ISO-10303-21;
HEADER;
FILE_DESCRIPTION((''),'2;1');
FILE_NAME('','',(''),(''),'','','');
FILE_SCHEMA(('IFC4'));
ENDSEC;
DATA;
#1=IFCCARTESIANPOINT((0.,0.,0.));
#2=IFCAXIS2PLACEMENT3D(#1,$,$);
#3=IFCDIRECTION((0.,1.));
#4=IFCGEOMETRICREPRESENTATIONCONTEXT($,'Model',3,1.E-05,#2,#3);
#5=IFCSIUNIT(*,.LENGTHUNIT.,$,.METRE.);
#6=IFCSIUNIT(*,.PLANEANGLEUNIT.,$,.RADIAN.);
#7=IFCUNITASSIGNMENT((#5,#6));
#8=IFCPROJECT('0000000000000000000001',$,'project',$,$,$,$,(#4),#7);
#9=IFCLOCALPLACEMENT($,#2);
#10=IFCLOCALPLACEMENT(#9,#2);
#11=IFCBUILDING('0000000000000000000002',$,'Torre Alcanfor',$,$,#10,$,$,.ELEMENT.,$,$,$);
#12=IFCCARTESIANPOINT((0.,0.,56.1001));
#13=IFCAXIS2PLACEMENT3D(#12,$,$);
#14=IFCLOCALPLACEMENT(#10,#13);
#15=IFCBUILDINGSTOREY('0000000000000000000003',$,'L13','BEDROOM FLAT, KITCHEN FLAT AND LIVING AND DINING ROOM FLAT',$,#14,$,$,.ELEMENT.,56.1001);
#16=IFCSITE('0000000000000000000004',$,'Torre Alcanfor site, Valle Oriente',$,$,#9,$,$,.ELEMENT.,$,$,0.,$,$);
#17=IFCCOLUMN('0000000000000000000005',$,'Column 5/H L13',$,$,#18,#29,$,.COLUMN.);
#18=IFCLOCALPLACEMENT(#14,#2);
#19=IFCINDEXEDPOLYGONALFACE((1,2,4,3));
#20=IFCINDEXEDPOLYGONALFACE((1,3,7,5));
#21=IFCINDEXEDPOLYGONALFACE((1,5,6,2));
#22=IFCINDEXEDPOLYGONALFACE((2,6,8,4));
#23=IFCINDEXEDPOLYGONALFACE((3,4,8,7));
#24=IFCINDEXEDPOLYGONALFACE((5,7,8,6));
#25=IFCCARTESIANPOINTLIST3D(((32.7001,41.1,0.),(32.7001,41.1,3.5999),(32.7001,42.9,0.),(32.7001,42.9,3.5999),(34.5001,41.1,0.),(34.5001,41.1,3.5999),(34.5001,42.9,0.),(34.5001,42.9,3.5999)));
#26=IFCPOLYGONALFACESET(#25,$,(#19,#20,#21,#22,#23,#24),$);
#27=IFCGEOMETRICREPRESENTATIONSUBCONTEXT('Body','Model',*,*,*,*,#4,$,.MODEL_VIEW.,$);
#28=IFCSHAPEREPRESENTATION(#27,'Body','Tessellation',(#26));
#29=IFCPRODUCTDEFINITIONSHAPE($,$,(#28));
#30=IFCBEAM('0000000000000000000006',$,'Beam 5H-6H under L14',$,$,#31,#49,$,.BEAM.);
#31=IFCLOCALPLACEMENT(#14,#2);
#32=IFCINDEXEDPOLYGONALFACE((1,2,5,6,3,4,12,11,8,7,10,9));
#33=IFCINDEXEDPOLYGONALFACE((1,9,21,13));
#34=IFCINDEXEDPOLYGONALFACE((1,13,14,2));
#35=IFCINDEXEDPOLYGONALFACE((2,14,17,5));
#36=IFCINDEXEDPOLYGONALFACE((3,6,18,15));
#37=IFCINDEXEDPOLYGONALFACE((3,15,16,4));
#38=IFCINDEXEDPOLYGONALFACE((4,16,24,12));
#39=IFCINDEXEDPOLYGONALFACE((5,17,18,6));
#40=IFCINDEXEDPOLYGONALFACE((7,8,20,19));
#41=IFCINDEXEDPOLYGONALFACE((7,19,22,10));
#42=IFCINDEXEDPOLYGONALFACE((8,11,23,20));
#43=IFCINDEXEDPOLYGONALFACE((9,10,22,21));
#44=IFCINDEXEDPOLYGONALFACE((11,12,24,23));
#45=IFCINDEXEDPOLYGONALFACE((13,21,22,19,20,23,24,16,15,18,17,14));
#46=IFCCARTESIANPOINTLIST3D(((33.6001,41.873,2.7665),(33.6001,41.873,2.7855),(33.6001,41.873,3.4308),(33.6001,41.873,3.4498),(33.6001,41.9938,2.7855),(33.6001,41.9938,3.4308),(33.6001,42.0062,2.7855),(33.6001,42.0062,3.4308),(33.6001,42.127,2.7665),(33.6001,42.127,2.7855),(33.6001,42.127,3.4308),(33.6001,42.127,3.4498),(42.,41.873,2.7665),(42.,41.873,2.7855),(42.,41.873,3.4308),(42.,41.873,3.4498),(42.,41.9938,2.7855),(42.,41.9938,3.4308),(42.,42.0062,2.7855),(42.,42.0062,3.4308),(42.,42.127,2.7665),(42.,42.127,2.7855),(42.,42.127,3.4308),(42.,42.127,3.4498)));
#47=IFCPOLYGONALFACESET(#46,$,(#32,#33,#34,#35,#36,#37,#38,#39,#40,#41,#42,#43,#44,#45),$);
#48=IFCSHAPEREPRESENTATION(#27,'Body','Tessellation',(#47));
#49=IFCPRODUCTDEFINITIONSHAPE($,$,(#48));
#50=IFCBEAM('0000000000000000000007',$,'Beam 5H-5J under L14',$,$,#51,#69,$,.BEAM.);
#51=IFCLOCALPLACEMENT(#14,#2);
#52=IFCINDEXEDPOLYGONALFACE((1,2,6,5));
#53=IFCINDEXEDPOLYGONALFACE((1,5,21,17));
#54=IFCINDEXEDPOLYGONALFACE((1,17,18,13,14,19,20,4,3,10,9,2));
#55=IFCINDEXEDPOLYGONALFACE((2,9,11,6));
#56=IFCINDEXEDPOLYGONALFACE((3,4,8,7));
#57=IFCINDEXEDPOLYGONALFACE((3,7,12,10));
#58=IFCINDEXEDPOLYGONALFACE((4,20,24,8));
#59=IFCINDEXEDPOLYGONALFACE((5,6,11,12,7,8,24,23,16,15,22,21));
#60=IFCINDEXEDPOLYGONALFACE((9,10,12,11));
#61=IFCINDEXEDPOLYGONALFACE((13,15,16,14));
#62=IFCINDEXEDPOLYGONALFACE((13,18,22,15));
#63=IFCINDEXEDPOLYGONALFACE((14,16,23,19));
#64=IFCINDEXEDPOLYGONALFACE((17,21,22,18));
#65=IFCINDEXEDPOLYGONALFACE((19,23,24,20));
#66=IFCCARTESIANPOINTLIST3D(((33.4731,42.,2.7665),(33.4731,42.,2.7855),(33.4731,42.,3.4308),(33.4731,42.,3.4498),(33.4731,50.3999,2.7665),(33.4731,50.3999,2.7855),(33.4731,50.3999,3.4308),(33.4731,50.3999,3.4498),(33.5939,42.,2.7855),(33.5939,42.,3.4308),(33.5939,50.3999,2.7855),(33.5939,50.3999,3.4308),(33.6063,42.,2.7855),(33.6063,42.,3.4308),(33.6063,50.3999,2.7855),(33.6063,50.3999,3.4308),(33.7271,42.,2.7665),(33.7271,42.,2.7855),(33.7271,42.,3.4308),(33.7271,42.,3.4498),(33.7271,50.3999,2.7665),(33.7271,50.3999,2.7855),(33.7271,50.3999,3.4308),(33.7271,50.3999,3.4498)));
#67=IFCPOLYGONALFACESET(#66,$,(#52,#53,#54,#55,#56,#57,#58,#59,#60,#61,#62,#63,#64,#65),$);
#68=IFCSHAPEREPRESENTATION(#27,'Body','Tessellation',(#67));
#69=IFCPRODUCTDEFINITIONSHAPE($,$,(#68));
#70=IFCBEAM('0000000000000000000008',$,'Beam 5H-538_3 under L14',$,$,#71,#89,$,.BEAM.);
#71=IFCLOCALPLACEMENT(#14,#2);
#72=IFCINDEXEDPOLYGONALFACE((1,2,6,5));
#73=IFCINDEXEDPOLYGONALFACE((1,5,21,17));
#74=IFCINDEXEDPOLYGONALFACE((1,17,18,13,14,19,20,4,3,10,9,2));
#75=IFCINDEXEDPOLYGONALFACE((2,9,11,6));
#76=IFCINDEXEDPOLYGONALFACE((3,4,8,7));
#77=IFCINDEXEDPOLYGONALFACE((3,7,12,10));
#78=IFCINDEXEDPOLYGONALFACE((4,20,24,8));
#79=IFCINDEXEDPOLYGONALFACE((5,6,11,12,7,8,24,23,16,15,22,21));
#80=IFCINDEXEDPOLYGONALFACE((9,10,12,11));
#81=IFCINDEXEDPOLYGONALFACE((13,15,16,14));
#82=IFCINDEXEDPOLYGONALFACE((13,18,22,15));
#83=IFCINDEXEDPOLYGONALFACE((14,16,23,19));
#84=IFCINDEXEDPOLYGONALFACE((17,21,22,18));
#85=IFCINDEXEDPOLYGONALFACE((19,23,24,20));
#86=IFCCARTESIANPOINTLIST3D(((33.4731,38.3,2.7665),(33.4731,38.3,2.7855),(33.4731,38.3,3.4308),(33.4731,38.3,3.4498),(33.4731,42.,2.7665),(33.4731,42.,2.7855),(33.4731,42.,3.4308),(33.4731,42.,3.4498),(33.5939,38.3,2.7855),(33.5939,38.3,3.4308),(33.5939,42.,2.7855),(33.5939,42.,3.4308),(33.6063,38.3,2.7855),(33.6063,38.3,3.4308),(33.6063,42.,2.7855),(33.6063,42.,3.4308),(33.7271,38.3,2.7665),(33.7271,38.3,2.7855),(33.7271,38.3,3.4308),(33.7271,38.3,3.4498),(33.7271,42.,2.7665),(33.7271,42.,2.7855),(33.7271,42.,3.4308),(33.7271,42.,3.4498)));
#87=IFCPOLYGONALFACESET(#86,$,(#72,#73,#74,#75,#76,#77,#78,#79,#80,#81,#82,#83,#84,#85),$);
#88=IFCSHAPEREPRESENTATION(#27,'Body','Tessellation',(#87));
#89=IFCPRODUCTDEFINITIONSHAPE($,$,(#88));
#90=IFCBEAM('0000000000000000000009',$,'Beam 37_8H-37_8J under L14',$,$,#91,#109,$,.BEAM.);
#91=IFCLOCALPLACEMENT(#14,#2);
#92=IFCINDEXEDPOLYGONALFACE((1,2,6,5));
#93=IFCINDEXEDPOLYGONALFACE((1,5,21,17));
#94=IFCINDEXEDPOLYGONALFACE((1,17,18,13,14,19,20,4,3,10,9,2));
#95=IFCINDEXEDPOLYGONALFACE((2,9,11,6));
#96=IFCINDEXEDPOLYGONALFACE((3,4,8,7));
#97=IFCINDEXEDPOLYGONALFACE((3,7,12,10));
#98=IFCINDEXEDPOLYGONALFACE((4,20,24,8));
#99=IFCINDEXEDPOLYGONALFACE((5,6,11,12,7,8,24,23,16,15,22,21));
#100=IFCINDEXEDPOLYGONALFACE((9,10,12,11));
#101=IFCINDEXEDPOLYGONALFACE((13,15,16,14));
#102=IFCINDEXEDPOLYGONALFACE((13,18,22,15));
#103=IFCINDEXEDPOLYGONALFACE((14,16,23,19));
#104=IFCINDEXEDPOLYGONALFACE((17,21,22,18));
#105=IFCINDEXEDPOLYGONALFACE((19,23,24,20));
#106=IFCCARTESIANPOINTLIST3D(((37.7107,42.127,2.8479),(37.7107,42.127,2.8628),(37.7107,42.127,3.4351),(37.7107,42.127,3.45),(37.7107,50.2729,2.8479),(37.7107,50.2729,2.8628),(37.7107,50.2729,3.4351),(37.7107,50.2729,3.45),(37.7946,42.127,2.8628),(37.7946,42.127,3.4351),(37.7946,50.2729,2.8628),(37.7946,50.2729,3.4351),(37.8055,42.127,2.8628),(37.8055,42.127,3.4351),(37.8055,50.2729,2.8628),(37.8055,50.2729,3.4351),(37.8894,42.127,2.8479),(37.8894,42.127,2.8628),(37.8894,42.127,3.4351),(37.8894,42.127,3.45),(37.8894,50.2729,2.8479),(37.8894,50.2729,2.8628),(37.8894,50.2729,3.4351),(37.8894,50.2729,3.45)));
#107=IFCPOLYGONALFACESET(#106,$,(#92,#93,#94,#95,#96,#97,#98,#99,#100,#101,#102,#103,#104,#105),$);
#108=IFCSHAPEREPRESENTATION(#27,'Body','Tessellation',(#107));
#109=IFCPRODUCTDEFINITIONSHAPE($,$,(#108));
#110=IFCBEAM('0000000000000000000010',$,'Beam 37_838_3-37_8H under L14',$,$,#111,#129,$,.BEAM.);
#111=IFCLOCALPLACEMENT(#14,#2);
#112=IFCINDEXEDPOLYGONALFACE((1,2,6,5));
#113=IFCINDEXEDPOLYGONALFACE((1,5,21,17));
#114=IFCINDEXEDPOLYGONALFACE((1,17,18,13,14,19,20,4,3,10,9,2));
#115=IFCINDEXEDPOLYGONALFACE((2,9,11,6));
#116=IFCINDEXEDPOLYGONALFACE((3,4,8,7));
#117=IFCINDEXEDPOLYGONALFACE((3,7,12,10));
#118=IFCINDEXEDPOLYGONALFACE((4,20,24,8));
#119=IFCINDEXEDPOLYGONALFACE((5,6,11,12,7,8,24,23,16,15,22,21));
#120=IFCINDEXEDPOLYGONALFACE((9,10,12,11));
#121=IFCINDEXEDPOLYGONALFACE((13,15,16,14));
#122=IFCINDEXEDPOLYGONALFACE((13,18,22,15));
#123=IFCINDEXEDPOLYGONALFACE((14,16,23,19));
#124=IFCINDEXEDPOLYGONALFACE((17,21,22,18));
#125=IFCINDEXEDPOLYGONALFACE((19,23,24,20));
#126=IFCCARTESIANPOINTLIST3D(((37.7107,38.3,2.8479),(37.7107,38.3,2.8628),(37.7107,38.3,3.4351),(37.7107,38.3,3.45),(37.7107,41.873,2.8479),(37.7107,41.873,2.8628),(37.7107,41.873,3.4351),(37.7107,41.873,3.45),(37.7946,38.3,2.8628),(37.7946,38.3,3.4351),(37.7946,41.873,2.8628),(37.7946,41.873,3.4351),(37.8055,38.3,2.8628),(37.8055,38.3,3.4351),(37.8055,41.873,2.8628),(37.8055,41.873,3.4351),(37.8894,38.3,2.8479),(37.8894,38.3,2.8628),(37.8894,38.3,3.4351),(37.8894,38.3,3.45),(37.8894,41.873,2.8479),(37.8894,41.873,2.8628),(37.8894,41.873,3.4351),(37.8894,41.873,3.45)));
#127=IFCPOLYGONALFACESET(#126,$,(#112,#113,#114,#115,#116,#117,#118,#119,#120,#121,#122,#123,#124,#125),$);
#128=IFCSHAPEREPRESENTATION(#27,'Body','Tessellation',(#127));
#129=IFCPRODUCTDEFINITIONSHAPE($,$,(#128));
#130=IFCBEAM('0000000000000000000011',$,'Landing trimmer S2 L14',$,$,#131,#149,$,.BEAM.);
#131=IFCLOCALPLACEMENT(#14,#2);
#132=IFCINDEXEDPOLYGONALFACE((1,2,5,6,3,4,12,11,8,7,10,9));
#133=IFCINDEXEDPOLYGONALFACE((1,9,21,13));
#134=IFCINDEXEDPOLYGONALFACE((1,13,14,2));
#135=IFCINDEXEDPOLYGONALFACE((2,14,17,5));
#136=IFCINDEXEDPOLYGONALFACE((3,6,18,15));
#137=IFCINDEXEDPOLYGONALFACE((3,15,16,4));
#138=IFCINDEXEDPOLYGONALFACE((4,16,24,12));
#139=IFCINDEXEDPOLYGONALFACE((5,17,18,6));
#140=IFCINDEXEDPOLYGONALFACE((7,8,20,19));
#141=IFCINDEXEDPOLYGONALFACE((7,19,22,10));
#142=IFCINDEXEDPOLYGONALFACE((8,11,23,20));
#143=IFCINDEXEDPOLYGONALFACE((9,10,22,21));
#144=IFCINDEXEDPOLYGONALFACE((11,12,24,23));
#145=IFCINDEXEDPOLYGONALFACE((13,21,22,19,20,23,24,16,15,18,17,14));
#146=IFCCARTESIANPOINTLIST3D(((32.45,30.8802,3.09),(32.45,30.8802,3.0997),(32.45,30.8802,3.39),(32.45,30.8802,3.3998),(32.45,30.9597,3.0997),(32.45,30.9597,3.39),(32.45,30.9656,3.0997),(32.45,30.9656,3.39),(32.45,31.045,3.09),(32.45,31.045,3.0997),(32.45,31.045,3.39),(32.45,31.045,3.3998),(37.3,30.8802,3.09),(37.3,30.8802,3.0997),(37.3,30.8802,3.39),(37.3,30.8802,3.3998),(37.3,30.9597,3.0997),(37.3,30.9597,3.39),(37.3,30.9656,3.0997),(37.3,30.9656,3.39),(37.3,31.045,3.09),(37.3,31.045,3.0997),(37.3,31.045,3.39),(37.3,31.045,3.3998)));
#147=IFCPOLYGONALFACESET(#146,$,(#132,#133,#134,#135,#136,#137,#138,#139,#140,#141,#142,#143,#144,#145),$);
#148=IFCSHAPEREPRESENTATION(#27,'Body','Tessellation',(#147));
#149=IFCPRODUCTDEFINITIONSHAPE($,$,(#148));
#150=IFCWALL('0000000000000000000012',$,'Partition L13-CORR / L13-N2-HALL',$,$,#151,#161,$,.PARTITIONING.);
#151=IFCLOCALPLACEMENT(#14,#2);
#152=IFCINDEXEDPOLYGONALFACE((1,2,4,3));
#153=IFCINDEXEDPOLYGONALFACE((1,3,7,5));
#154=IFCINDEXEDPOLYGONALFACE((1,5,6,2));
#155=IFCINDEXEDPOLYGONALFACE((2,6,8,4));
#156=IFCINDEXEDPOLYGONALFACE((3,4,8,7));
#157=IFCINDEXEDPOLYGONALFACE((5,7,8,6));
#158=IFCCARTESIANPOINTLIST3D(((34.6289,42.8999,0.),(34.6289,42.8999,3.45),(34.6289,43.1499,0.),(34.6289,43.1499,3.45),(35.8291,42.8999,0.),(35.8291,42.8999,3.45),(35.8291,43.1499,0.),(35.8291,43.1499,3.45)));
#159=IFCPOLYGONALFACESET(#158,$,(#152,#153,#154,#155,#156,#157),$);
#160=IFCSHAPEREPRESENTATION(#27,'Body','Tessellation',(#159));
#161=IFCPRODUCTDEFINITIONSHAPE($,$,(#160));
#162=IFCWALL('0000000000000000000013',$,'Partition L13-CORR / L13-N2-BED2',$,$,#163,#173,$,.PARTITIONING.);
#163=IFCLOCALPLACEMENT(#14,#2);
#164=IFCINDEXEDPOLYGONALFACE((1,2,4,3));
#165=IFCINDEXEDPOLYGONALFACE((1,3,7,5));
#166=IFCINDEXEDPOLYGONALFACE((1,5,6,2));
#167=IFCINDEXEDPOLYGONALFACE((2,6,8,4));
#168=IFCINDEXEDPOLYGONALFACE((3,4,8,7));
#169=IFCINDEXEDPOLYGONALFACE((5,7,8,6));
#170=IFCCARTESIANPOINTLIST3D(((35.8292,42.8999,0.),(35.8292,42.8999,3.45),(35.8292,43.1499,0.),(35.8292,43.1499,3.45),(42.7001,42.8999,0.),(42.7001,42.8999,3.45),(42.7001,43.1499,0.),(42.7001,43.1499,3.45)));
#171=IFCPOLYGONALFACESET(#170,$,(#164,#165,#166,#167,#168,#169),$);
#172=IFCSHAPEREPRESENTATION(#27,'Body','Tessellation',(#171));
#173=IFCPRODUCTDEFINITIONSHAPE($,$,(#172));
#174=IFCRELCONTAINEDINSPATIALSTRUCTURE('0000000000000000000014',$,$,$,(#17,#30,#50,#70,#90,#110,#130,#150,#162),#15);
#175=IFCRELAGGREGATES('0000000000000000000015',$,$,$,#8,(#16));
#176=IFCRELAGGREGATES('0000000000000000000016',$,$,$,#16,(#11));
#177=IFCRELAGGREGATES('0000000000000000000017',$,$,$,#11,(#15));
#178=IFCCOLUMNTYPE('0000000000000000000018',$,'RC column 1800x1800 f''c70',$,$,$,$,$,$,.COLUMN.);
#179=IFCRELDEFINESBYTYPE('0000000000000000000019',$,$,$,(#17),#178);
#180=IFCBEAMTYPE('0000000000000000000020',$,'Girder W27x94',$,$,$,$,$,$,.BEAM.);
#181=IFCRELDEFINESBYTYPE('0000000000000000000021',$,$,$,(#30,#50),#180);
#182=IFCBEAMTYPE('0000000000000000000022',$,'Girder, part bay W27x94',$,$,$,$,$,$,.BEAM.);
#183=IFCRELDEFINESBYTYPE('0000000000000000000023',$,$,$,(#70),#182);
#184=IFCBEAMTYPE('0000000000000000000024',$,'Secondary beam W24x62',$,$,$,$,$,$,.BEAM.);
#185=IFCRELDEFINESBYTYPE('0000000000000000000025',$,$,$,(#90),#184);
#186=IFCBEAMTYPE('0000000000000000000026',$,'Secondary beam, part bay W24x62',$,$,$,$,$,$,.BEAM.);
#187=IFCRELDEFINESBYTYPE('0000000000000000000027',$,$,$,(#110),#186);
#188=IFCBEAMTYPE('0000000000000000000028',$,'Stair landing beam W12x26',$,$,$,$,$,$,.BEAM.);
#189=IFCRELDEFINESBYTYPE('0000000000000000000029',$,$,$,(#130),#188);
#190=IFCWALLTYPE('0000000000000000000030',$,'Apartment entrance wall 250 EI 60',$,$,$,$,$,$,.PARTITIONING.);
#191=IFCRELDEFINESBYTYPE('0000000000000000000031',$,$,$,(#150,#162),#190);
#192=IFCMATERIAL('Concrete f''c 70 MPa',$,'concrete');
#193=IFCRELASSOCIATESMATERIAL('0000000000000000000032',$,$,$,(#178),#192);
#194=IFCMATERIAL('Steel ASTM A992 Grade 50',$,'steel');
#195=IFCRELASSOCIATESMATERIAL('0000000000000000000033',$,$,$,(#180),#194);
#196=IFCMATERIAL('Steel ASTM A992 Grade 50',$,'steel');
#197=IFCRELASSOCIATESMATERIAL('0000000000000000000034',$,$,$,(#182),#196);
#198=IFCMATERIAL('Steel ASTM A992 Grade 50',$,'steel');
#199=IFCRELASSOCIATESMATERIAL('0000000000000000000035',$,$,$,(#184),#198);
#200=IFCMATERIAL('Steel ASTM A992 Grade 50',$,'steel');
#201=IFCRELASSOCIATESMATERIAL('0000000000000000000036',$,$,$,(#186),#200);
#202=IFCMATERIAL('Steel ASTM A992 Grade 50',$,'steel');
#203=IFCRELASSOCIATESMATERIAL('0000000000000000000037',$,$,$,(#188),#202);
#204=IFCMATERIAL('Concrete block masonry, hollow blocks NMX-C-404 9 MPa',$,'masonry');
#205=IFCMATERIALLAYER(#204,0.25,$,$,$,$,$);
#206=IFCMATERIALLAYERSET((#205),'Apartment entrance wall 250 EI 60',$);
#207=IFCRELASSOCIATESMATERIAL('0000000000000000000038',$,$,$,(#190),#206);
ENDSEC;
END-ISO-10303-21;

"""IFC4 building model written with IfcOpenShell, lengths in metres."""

from ifc_helpers import new_model, si_unit, direction, frame, frame_2d, origin, origin_2d, place, context, subcontext, project, spatial, rectangle, i_section, extrude, material, layer, layer_set, material_profile, profile_set, type_object, element, save


model = new_model("IFC4")

# Units and contexts
model_context = context("Model", 3, precision=1e-05, world=origin(), true_north=direction((0.0, 1.0)))
body_context = subcontext(model_context, "Body", "Model", "MODEL_VIEW")
ifc_project = project(units=[si_unit("LENGTHUNIT", "METRE"), si_unit("PLANEANGLEUNIT", "RADIAN")], contexts=[model_context])

# Site, building, storey
site_placement = place(None, origin())
site = spatial("IfcSite", under=ifc_project, at=site_placement, Name="Torre Alcanfor site, Valle Oriente", CompositionType="ELEMENT", RefElevation=0.0)
building_placement = place(site_placement, origin())
building = spatial("IfcBuilding", under=site, at=building_placement, Name="Torre Alcanfor", CompositionType="ELEMENT")
storey_placement = place(building_placement, frame((0.0, 0.0, 56.1001)))
storey = spatial("IfcBuildingStorey", under=building, at=storey_placement, Name="L13", Description="BEDROOM FLAT, KITCHEN FLAT AND LIVING AND DINING ROOM FLAT", CompositionType="ELEMENT", Elevation=56.1001)

# Column
ifc_material_1 = material(Name="Concrete f'c 70 MPa", Category="concrete")
ifc_material_profile_1 = material_profile(ifc_material_1, rectangle(XDim=1.8, YDim=1.8, at=origin_2d()), Name="1800x1800")
ifc_profile_set_1 = profile_set([ifc_material_profile_1], Name="Concrete f'c 70 MPa")
column_type = type_object("IfcColumnType", Name="RC column 1800x1800 f'c70", PredefinedType="COLUMN", material=ifc_profile_set_1)
column_placement = place(storey_placement, frame((33.6001, 42.0, 0.0), z_axis=(0.0, 0.0, 1.0), x_axis=(1.0, 0.0, 0.0)))
element("IfcColumn", 1, at=column_placement, inside=storey, type_object=column_type, Name="Column 5/H L13", PredefinedType="COLUMN", context=body_context, shape_type="SweptSolid", body=[
    extrude(rectangle(XDim=1.8, YDim=1.8, at=origin_2d()), origin(), (0.0, 0.0, 1.0), 3.5999),
])

# Beams
ifc_material_2 = material(Name="Steel ASTM A992 Grade 50", Category="steel")
ifc_material_profile_2 = material_profile(ifc_material_2, i_section(OverallWidth=0.2539, OverallDepth=0.6833, WebThickness=0.0125, FlangeThickness=0.019, at=origin_2d()), Name="W27x94")
ifc_profile_set_2 = profile_set([ifc_material_profile_2], Name="Steel ASTM A992 Grade 50")
beam_type_1 = type_object("IfcBeamType", Name="Girder W27x94", PredefinedType="BEAM", material=ifc_profile_set_2)
for number, where, z_axis, x_axis, name in (
    (2, (33.6001, 42.0, 3.1082), (1.0, 0.0, 0.0), (0.0, 1.0, 0.0), "Beam 5H-6H under L14"),
    (3, (33.6001, 42.0, 3.1082), (0.0, 1.0, 0.0), (-1.0, 0.0, 0.0), "Beam 5H-5J under L14"),
):
    element("IfcBeam", number, at=place(storey_placement, frame(where, z_axis=z_axis, x_axis=x_axis)), inside=storey, type_object=beam_type_1, Name=name, PredefinedType="BEAM", context=body_context, shape_type="SweptSolid", body=[
        extrude(i_section(OverallWidth=0.2539, OverallDepth=0.6833, WebThickness=0.0125, FlangeThickness=0.019, at=origin_2d()), origin(), (0.0, 0.0, 1.0), 8.3999),
    ])
ifc_material_3 = material(Name="Steel ASTM A992 Grade 50", Category="steel")
ifc_material_profile_3 = material_profile(ifc_material_3, i_section(OverallWidth=0.2539, OverallDepth=0.6833, WebThickness=0.0125, FlangeThickness=0.019, at=origin_2d()), Name="W27x94")
ifc_profile_set_3 = profile_set([ifc_material_profile_3], Name="Steel ASTM A992 Grade 50")
beam_type_2 = type_object("IfcBeamType", Name="Girder, part bay W27x94", PredefinedType="BEAM", material=ifc_profile_set_3)
beam_1_placement = place(storey_placement, frame((33.6001, 42.0, 3.1082), z_axis=(0.0, -1.0, 0.0), x_axis=(1.0, 0.0, 0.0)))
element("IfcBeam", 4, at=beam_1_placement, inside=storey, type_object=beam_type_2, Name="Beam 5H-538_3 under L14", PredefinedType="BEAM", context=body_context, shape_type="SweptSolid", body=[
    extrude(i_section(OverallWidth=0.2539, OverallDepth=0.6833, WebThickness=0.0125, FlangeThickness=0.019, at=origin_2d()), origin(), (0.0, 0.0, 1.0), 3.7),
])
ifc_material_4 = material(Name="Steel ASTM A992 Grade 50", Category="steel")
ifc_material_profile_4 = material_profile(ifc_material_4, i_section(OverallWidth=0.1787, OverallDepth=0.6021, WebThickness=0.011, FlangeThickness=0.0149, at=origin_2d()), Name="W24x62")
ifc_profile_set_4 = profile_set([ifc_material_profile_4], Name="Steel ASTM A992 Grade 50")
beam_type_3 = type_object("IfcBeamType", Name="Secondary beam W24x62", PredefinedType="BEAM", material=ifc_profile_set_4)
beam_2_placement = place(storey_placement, frame((37.8, 42.127, 3.1489), z_axis=(0.0, 1.0, 0.0), x_axis=(-1.0, 0.0, 0.0)))
element("IfcBeam", 5, at=beam_2_placement, inside=storey, type_object=beam_type_3, Name="Beam 37_8H-37_8J under L14", PredefinedType="BEAM", context=body_context, shape_type="SweptSolid", body=[
    extrude(i_section(OverallWidth=0.1787, OverallDepth=0.6021, WebThickness=0.011, FlangeThickness=0.0149, at=origin_2d()), origin(), (0.0, 0.0, 1.0), 8.146),
])
ifc_material_5 = material(Name="Steel ASTM A992 Grade 50", Category="steel")
ifc_material_profile_5 = material_profile(ifc_material_5, i_section(OverallWidth=0.1787, OverallDepth=0.6021, WebThickness=0.011, FlangeThickness=0.0149, at=origin_2d()), Name="W24x62")
ifc_profile_set_5 = profile_set([ifc_material_profile_5], Name="Steel ASTM A992 Grade 50")
beam_type_4 = type_object("IfcBeamType", Name="Secondary beam, part bay W24x62", PredefinedType="BEAM", material=ifc_profile_set_5)
beam_3_placement = place(storey_placement, frame((37.8, 38.3, 3.1489), z_axis=(0.0, 1.0, 0.0), x_axis=(-1.0, 0.0, 0.0)))
element("IfcBeam", 6, at=beam_3_placement, inside=storey, type_object=beam_type_4, Name="Beam 37_838_3-37_8H under L14", PredefinedType="BEAM", context=body_context, shape_type="SweptSolid", body=[
    extrude(i_section(OverallWidth=0.1787, OverallDepth=0.6021, WebThickness=0.011, FlangeThickness=0.0149, at=origin_2d()), origin(), (0.0, 0.0, 1.0), 3.573),
])
ifc_material_6 = material(Name="Steel ASTM A992 Grade 50", Category="steel")
ifc_material_profile_6 = material_profile(ifc_material_6, i_section(OverallWidth=0.1648, OverallDepth=0.3098, WebThickness=0.0059, FlangeThickness=0.0098, at=origin_2d()), Name="W12x26")
ifc_profile_set_6 = profile_set([ifc_material_profile_6], Name="Steel ASTM A992 Grade 50")
beam_type_5 = type_object("IfcBeamType", Name="Stair landing beam W12x26", PredefinedType="BEAM", material=ifc_profile_set_6)
beam_4_placement = place(storey_placement, frame((32.45, 30.9626, 3.2449), z_axis=(1.0, 0.0, 0.0), x_axis=(0.0, 1.0, 0.0)))
element("IfcBeam", 7, at=beam_4_placement, inside=storey, type_object=beam_type_5, Name="Landing trimmer S2 L14", PredefinedType="BEAM", context=body_context, shape_type="SweptSolid", body=[
    extrude(i_section(OverallWidth=0.1648, OverallDepth=0.3098, WebThickness=0.0059, FlangeThickness=0.0098, at=origin_2d()), origin(), (0.0, 0.0, 1.0), 4.8501),
])

# Walls
ifc_material_7 = material(Name="Concrete block masonry, hollow blocks NMX-C-404 9 MPa", Category="masonry")
ifc_layer_1 = layer(ifc_material_7, 0.25)
ifc_layer_set_1 = layer_set([ifc_layer_1], Name="Apartment entrance wall 250 EI 60")
wall_type_1 = type_object("IfcWallType", Name="Apartment entrance wall 250 EI 60", PredefinedType="PARTITIONING", material=ifc_layer_set_1)
wall_1_placement = place(storey_placement, frame((34.6289, 43.0249, 0.0), z_axis=(0.0, 0.0, 1.0), x_axis=(1.0, 0.0, 0.0)))
element("IfcWall", 8, at=wall_1_placement, inside=storey, type_object=wall_type_1, Name="Partition L13-CORR / L13-N2-HALL", PredefinedType="PARTITIONING", context=body_context, shape_type="SweptSolid", body=[
    extrude(rectangle(XDim=1.2002, YDim=0.25, at=frame_2d((0.6001, 0.0))), origin(), (0.0, 0.0, 1.0), 3.45),
])
wall_2_placement = place(storey_placement, frame((35.8291, 43.0249, 0.0), z_axis=(0.0, 0.0, 1.0), x_axis=(1.0, 0.0, 0.0)))
element("IfcWall", 9, at=wall_2_placement, inside=storey, type_object=wall_type_1, Name="Partition L13-CORR / L13-N2-BED2", PredefinedType="PARTITIONING", context=body_context, shape_type="SweptSolid", body=[
    extrude(rectangle(XDim=6.8708, YDim=0.25, at=frame_2d((3.4355, 0.0))), origin(), (0.0, 0.0, 1.0), 3.45),
])

save(model, "model.ifc")
